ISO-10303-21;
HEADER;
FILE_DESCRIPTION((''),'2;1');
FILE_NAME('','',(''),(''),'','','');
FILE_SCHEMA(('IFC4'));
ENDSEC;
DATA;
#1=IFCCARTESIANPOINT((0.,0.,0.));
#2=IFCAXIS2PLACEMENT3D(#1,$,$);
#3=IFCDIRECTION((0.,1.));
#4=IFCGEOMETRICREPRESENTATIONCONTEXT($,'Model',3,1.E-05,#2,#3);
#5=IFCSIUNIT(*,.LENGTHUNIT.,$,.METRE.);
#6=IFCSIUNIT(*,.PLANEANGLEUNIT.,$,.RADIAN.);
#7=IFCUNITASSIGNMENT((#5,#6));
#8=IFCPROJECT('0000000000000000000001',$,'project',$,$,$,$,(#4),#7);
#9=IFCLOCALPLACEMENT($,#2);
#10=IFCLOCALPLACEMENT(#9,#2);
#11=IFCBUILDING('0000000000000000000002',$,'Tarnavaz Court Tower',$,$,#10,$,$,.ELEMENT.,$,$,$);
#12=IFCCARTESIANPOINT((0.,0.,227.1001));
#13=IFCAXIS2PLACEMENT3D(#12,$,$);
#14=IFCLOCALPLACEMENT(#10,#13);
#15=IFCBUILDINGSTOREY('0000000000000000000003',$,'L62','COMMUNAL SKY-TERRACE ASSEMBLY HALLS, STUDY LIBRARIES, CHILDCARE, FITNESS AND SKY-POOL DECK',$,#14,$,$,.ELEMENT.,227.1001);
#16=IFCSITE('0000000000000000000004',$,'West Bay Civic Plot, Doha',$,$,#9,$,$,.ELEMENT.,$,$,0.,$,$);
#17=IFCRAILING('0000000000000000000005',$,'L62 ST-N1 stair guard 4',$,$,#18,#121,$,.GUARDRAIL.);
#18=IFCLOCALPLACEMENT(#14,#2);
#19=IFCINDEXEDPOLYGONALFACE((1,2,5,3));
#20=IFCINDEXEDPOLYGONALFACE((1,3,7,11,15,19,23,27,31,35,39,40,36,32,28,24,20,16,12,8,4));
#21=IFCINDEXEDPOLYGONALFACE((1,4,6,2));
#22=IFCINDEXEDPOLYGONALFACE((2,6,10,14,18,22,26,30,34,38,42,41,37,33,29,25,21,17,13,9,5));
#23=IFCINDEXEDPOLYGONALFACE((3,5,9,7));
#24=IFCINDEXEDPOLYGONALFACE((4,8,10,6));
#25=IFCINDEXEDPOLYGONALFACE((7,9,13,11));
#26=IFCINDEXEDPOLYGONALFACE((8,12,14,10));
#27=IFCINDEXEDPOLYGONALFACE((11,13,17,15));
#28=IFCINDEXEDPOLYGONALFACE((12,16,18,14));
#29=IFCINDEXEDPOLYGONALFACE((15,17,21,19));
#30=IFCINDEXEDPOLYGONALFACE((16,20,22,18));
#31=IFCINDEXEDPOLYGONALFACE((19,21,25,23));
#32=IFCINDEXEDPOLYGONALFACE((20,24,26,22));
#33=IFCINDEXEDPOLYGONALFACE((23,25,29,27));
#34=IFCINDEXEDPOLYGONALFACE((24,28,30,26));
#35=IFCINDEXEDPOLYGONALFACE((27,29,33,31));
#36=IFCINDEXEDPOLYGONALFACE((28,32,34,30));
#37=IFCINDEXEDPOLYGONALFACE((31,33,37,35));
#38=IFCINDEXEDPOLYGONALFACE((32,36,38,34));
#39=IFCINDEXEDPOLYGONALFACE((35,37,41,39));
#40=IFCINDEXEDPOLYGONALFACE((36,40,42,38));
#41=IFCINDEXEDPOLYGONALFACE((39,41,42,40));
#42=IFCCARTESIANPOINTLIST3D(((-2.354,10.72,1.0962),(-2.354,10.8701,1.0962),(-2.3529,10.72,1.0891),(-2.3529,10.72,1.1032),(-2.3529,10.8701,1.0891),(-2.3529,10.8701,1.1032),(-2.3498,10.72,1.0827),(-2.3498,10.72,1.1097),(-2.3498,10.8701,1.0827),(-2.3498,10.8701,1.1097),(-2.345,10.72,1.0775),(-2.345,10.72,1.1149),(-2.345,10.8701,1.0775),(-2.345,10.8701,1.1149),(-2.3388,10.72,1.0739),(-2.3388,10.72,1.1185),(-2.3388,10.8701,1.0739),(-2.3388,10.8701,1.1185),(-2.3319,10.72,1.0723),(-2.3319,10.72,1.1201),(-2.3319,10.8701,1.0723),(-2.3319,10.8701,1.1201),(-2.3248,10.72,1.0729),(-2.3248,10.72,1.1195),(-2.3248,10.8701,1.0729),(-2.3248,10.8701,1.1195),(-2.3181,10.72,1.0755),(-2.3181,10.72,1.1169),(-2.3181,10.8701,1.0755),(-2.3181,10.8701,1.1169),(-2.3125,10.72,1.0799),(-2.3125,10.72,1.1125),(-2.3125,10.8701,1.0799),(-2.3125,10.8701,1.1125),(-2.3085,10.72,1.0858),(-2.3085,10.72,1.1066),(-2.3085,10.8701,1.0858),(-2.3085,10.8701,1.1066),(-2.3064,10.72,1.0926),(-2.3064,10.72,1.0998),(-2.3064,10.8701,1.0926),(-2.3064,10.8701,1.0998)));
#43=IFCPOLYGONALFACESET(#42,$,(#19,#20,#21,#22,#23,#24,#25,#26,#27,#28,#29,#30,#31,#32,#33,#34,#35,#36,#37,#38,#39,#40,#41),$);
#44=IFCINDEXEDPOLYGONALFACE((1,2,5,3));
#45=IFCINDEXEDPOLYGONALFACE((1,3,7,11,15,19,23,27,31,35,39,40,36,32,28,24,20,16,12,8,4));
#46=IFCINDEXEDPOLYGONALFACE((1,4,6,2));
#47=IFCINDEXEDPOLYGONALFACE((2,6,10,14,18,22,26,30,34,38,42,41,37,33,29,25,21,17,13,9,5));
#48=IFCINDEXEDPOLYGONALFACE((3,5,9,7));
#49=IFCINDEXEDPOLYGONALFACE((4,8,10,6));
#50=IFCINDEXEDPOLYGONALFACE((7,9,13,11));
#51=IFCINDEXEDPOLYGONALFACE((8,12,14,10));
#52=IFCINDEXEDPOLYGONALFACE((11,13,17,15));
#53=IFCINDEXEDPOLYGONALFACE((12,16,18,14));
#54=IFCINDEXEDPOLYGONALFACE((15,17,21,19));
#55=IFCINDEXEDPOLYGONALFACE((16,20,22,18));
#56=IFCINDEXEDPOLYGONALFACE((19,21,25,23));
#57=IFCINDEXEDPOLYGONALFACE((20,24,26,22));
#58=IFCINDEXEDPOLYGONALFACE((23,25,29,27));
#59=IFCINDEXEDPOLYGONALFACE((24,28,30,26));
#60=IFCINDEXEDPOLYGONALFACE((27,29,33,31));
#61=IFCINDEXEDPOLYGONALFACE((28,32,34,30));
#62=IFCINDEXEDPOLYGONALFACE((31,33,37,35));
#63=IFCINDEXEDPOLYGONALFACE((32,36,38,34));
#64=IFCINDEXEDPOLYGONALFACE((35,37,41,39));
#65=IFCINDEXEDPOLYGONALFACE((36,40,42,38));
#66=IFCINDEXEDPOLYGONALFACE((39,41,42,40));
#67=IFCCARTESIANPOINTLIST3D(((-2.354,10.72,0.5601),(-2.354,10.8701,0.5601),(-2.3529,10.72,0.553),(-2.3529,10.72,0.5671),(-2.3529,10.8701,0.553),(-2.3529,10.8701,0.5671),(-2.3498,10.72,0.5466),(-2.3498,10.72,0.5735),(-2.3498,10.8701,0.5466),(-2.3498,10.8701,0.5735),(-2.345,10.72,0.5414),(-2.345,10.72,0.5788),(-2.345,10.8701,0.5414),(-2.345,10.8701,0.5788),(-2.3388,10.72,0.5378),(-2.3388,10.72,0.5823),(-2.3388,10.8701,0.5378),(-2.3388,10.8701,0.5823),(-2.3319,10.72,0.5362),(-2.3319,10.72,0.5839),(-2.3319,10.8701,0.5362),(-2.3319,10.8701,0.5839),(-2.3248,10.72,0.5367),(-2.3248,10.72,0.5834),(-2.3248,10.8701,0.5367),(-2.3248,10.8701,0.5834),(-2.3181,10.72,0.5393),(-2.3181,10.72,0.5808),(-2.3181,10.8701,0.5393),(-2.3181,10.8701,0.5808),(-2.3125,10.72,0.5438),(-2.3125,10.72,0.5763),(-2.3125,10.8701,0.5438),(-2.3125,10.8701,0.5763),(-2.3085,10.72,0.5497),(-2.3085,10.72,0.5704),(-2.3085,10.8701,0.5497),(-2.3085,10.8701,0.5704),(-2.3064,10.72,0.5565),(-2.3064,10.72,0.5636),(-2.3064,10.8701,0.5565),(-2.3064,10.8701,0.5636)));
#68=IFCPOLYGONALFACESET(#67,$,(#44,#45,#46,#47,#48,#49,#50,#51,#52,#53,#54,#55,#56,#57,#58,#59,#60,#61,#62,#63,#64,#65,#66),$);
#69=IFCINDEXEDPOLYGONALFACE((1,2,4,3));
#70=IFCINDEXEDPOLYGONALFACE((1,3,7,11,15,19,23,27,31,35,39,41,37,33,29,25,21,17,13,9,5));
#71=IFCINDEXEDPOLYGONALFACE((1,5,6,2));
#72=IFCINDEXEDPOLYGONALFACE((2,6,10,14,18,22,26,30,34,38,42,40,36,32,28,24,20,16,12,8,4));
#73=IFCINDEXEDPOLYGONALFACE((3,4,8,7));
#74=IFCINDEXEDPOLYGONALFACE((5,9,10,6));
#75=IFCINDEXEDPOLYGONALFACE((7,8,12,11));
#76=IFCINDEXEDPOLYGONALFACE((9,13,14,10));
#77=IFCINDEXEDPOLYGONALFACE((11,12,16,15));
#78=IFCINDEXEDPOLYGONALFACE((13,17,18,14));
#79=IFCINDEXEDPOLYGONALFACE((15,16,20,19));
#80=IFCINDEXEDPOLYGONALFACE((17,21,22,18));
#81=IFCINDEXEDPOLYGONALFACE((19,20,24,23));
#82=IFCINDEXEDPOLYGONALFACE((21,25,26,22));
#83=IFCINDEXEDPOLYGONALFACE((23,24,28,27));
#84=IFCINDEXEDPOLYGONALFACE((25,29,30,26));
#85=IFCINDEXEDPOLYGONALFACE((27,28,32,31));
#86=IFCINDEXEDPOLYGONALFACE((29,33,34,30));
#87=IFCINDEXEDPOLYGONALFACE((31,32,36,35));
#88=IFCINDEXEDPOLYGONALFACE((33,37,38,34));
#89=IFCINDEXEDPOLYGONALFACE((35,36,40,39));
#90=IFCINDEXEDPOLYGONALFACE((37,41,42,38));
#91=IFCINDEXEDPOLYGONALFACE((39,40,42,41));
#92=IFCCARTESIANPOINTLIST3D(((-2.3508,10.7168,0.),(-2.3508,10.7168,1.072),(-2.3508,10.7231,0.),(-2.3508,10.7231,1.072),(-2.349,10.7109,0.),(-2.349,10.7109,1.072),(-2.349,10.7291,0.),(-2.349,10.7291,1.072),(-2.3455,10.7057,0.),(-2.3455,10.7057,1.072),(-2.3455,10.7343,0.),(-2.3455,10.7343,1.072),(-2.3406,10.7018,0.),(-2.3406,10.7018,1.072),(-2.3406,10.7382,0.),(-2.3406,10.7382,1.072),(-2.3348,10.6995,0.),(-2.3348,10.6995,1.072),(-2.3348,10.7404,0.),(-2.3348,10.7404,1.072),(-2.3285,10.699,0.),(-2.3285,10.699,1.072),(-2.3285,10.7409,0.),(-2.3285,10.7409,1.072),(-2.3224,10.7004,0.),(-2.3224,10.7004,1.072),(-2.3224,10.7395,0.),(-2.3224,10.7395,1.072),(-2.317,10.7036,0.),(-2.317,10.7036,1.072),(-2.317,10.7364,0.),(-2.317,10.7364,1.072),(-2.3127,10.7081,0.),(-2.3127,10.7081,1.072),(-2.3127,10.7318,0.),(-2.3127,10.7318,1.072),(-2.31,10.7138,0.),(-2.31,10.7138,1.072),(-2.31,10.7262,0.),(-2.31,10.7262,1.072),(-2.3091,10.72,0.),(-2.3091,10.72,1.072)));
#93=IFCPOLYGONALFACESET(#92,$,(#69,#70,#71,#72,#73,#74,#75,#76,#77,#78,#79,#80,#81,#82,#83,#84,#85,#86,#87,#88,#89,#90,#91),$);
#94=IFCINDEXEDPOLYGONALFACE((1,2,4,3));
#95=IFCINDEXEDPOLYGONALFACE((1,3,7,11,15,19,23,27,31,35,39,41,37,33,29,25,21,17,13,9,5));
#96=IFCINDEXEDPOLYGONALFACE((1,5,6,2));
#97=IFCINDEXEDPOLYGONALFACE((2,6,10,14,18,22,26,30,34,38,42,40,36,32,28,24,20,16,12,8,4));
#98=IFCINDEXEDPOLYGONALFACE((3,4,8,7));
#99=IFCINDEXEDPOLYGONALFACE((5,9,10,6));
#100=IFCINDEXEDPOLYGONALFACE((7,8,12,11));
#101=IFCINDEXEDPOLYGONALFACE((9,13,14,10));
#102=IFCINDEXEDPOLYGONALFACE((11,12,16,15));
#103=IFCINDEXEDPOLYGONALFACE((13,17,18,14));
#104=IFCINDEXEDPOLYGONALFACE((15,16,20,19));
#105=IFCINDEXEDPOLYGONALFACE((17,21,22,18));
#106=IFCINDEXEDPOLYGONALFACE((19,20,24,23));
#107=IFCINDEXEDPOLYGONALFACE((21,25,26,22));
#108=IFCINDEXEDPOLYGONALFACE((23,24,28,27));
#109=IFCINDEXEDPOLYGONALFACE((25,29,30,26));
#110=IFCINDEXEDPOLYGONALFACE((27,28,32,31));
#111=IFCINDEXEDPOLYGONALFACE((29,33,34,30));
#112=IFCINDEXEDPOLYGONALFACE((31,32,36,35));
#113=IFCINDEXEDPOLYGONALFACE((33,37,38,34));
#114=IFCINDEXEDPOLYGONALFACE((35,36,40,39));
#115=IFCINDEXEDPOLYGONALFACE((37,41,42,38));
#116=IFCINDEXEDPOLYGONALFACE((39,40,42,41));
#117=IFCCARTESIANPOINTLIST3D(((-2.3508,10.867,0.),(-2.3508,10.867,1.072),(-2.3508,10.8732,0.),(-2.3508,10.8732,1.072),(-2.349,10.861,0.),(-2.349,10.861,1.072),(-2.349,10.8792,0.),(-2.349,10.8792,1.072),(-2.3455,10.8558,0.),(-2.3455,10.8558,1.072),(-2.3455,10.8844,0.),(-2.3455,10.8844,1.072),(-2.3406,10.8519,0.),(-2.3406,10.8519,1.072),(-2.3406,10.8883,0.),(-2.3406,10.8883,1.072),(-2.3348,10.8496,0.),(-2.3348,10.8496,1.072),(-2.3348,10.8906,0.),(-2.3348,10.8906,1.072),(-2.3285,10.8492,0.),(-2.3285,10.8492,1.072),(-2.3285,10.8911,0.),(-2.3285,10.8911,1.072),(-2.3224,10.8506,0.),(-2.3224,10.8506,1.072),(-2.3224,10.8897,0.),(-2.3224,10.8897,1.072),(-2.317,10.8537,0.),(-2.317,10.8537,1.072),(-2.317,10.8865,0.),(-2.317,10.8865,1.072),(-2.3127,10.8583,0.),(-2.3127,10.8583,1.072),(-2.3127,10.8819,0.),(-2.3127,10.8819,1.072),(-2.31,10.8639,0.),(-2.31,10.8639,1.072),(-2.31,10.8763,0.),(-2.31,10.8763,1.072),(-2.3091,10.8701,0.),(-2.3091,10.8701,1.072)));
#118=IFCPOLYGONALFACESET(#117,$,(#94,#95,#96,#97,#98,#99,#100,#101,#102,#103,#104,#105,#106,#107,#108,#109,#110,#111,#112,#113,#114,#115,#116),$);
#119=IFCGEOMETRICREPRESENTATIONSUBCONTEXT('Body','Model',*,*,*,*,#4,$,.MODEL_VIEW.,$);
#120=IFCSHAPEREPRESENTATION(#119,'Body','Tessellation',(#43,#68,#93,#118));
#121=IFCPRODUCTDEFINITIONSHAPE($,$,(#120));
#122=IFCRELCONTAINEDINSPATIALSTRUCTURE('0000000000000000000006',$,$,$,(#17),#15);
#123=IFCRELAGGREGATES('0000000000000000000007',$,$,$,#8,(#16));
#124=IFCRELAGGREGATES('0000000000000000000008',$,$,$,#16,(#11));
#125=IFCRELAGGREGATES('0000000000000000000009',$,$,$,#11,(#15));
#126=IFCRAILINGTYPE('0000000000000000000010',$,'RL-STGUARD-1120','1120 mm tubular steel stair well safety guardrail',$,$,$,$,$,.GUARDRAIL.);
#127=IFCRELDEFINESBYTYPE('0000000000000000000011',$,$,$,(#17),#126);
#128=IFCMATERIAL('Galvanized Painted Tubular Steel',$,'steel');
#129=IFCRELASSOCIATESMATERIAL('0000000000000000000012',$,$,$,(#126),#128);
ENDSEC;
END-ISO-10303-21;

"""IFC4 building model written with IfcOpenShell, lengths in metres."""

from ifc_helpers import new_model, si_unit, direction, frame, origin, origin_2d, place, context, subcontext, project, spatial, circle, extrude, material, type_object, element, save


model = new_model("IFC4")

# Units and contexts
model_context = context("Model", 3, precision=1e-05, world=origin(), true_north=direction((0.0, 1.0)))
body_context = subcontext(model_context, "Body", "Model", "MODEL_VIEW")
ifc_project = project(units=[si_unit("LENGTHUNIT", "METRE"), si_unit("PLANEANGLEUNIT", "RADIAN")], contexts=[model_context])

# Site, building, storey
site_placement = place(None, origin())
site = spatial("IfcSite", under=ifc_project, at=site_placement, Name="West Bay Civic Plot, Doha", CompositionType="ELEMENT", RefElevation=0.0)
building_placement = place(site_placement, origin())
building = spatial("IfcBuilding", under=site, at=building_placement, Name="Tarnavaz Court Tower", CompositionType="ELEMENT")
storey_placement = place(building_placement, frame((0.0, 0.0, 227.1001)))
storey = spatial("IfcBuildingStorey", under=building, at=storey_placement, Name="L62", Description="COMMUNAL SKY-TERRACE ASSEMBLY HALLS, STUDY LIBRARIES, CHILDCARE, FITNESS AND SKY-POOL DECK", CompositionType="ELEMENT", Elevation=227.1001)

# Railing
ifc_material_1 = material(Name="Galvanized Painted Tubular Steel", Category="steel")
railing_type_1 = type_object("IfcRailingType", Name="RL-STGUARD-1120", Description="1120 mm tubular steel stair well safety guardrail", PredefinedType="GUARDRAIL", material=ifc_material_1)
railing_1_placement = place(storey_placement, frame((-2.3301, 10.72, 0.0)))
element("IfcRailing", 1, at=railing_1_placement, inside=storey, type_object=railing_type_1, Name="L62 ST-N1 stair guard 4", PredefinedType="GUARDRAIL", context=body_context, shape_type="SweptSolid", body=[
    extrude(circle(Radius=0.0239, at=origin_2d()), frame((0.0, 0.0, 1.0962), z_axis=(0.0, 1.0, 0.0), x_axis=(-1.0, 0.0, 0.0)), (0.0, 0.0, 1.0), 0.1501),
    extrude(circle(Radius=0.0239, at=origin_2d()), frame((0.0, 0.0, 0.5601), z_axis=(0.0, 1.0, 0.0), x_axis=(-1.0, 0.0, 0.0)), (0.0, 0.0, 1.0), 0.1501),
    extrude(circle(Radius=0.021, at=origin_2d()), origin(), (0.0, 0.0, 1.0), 1.072),
    extrude(circle(Radius=0.021, at=origin_2d()), frame((0.0, 0.1501, 0.0)), (0.0, 0.0, 1.0), 1.072),
])

save(model, "model.ifc")
